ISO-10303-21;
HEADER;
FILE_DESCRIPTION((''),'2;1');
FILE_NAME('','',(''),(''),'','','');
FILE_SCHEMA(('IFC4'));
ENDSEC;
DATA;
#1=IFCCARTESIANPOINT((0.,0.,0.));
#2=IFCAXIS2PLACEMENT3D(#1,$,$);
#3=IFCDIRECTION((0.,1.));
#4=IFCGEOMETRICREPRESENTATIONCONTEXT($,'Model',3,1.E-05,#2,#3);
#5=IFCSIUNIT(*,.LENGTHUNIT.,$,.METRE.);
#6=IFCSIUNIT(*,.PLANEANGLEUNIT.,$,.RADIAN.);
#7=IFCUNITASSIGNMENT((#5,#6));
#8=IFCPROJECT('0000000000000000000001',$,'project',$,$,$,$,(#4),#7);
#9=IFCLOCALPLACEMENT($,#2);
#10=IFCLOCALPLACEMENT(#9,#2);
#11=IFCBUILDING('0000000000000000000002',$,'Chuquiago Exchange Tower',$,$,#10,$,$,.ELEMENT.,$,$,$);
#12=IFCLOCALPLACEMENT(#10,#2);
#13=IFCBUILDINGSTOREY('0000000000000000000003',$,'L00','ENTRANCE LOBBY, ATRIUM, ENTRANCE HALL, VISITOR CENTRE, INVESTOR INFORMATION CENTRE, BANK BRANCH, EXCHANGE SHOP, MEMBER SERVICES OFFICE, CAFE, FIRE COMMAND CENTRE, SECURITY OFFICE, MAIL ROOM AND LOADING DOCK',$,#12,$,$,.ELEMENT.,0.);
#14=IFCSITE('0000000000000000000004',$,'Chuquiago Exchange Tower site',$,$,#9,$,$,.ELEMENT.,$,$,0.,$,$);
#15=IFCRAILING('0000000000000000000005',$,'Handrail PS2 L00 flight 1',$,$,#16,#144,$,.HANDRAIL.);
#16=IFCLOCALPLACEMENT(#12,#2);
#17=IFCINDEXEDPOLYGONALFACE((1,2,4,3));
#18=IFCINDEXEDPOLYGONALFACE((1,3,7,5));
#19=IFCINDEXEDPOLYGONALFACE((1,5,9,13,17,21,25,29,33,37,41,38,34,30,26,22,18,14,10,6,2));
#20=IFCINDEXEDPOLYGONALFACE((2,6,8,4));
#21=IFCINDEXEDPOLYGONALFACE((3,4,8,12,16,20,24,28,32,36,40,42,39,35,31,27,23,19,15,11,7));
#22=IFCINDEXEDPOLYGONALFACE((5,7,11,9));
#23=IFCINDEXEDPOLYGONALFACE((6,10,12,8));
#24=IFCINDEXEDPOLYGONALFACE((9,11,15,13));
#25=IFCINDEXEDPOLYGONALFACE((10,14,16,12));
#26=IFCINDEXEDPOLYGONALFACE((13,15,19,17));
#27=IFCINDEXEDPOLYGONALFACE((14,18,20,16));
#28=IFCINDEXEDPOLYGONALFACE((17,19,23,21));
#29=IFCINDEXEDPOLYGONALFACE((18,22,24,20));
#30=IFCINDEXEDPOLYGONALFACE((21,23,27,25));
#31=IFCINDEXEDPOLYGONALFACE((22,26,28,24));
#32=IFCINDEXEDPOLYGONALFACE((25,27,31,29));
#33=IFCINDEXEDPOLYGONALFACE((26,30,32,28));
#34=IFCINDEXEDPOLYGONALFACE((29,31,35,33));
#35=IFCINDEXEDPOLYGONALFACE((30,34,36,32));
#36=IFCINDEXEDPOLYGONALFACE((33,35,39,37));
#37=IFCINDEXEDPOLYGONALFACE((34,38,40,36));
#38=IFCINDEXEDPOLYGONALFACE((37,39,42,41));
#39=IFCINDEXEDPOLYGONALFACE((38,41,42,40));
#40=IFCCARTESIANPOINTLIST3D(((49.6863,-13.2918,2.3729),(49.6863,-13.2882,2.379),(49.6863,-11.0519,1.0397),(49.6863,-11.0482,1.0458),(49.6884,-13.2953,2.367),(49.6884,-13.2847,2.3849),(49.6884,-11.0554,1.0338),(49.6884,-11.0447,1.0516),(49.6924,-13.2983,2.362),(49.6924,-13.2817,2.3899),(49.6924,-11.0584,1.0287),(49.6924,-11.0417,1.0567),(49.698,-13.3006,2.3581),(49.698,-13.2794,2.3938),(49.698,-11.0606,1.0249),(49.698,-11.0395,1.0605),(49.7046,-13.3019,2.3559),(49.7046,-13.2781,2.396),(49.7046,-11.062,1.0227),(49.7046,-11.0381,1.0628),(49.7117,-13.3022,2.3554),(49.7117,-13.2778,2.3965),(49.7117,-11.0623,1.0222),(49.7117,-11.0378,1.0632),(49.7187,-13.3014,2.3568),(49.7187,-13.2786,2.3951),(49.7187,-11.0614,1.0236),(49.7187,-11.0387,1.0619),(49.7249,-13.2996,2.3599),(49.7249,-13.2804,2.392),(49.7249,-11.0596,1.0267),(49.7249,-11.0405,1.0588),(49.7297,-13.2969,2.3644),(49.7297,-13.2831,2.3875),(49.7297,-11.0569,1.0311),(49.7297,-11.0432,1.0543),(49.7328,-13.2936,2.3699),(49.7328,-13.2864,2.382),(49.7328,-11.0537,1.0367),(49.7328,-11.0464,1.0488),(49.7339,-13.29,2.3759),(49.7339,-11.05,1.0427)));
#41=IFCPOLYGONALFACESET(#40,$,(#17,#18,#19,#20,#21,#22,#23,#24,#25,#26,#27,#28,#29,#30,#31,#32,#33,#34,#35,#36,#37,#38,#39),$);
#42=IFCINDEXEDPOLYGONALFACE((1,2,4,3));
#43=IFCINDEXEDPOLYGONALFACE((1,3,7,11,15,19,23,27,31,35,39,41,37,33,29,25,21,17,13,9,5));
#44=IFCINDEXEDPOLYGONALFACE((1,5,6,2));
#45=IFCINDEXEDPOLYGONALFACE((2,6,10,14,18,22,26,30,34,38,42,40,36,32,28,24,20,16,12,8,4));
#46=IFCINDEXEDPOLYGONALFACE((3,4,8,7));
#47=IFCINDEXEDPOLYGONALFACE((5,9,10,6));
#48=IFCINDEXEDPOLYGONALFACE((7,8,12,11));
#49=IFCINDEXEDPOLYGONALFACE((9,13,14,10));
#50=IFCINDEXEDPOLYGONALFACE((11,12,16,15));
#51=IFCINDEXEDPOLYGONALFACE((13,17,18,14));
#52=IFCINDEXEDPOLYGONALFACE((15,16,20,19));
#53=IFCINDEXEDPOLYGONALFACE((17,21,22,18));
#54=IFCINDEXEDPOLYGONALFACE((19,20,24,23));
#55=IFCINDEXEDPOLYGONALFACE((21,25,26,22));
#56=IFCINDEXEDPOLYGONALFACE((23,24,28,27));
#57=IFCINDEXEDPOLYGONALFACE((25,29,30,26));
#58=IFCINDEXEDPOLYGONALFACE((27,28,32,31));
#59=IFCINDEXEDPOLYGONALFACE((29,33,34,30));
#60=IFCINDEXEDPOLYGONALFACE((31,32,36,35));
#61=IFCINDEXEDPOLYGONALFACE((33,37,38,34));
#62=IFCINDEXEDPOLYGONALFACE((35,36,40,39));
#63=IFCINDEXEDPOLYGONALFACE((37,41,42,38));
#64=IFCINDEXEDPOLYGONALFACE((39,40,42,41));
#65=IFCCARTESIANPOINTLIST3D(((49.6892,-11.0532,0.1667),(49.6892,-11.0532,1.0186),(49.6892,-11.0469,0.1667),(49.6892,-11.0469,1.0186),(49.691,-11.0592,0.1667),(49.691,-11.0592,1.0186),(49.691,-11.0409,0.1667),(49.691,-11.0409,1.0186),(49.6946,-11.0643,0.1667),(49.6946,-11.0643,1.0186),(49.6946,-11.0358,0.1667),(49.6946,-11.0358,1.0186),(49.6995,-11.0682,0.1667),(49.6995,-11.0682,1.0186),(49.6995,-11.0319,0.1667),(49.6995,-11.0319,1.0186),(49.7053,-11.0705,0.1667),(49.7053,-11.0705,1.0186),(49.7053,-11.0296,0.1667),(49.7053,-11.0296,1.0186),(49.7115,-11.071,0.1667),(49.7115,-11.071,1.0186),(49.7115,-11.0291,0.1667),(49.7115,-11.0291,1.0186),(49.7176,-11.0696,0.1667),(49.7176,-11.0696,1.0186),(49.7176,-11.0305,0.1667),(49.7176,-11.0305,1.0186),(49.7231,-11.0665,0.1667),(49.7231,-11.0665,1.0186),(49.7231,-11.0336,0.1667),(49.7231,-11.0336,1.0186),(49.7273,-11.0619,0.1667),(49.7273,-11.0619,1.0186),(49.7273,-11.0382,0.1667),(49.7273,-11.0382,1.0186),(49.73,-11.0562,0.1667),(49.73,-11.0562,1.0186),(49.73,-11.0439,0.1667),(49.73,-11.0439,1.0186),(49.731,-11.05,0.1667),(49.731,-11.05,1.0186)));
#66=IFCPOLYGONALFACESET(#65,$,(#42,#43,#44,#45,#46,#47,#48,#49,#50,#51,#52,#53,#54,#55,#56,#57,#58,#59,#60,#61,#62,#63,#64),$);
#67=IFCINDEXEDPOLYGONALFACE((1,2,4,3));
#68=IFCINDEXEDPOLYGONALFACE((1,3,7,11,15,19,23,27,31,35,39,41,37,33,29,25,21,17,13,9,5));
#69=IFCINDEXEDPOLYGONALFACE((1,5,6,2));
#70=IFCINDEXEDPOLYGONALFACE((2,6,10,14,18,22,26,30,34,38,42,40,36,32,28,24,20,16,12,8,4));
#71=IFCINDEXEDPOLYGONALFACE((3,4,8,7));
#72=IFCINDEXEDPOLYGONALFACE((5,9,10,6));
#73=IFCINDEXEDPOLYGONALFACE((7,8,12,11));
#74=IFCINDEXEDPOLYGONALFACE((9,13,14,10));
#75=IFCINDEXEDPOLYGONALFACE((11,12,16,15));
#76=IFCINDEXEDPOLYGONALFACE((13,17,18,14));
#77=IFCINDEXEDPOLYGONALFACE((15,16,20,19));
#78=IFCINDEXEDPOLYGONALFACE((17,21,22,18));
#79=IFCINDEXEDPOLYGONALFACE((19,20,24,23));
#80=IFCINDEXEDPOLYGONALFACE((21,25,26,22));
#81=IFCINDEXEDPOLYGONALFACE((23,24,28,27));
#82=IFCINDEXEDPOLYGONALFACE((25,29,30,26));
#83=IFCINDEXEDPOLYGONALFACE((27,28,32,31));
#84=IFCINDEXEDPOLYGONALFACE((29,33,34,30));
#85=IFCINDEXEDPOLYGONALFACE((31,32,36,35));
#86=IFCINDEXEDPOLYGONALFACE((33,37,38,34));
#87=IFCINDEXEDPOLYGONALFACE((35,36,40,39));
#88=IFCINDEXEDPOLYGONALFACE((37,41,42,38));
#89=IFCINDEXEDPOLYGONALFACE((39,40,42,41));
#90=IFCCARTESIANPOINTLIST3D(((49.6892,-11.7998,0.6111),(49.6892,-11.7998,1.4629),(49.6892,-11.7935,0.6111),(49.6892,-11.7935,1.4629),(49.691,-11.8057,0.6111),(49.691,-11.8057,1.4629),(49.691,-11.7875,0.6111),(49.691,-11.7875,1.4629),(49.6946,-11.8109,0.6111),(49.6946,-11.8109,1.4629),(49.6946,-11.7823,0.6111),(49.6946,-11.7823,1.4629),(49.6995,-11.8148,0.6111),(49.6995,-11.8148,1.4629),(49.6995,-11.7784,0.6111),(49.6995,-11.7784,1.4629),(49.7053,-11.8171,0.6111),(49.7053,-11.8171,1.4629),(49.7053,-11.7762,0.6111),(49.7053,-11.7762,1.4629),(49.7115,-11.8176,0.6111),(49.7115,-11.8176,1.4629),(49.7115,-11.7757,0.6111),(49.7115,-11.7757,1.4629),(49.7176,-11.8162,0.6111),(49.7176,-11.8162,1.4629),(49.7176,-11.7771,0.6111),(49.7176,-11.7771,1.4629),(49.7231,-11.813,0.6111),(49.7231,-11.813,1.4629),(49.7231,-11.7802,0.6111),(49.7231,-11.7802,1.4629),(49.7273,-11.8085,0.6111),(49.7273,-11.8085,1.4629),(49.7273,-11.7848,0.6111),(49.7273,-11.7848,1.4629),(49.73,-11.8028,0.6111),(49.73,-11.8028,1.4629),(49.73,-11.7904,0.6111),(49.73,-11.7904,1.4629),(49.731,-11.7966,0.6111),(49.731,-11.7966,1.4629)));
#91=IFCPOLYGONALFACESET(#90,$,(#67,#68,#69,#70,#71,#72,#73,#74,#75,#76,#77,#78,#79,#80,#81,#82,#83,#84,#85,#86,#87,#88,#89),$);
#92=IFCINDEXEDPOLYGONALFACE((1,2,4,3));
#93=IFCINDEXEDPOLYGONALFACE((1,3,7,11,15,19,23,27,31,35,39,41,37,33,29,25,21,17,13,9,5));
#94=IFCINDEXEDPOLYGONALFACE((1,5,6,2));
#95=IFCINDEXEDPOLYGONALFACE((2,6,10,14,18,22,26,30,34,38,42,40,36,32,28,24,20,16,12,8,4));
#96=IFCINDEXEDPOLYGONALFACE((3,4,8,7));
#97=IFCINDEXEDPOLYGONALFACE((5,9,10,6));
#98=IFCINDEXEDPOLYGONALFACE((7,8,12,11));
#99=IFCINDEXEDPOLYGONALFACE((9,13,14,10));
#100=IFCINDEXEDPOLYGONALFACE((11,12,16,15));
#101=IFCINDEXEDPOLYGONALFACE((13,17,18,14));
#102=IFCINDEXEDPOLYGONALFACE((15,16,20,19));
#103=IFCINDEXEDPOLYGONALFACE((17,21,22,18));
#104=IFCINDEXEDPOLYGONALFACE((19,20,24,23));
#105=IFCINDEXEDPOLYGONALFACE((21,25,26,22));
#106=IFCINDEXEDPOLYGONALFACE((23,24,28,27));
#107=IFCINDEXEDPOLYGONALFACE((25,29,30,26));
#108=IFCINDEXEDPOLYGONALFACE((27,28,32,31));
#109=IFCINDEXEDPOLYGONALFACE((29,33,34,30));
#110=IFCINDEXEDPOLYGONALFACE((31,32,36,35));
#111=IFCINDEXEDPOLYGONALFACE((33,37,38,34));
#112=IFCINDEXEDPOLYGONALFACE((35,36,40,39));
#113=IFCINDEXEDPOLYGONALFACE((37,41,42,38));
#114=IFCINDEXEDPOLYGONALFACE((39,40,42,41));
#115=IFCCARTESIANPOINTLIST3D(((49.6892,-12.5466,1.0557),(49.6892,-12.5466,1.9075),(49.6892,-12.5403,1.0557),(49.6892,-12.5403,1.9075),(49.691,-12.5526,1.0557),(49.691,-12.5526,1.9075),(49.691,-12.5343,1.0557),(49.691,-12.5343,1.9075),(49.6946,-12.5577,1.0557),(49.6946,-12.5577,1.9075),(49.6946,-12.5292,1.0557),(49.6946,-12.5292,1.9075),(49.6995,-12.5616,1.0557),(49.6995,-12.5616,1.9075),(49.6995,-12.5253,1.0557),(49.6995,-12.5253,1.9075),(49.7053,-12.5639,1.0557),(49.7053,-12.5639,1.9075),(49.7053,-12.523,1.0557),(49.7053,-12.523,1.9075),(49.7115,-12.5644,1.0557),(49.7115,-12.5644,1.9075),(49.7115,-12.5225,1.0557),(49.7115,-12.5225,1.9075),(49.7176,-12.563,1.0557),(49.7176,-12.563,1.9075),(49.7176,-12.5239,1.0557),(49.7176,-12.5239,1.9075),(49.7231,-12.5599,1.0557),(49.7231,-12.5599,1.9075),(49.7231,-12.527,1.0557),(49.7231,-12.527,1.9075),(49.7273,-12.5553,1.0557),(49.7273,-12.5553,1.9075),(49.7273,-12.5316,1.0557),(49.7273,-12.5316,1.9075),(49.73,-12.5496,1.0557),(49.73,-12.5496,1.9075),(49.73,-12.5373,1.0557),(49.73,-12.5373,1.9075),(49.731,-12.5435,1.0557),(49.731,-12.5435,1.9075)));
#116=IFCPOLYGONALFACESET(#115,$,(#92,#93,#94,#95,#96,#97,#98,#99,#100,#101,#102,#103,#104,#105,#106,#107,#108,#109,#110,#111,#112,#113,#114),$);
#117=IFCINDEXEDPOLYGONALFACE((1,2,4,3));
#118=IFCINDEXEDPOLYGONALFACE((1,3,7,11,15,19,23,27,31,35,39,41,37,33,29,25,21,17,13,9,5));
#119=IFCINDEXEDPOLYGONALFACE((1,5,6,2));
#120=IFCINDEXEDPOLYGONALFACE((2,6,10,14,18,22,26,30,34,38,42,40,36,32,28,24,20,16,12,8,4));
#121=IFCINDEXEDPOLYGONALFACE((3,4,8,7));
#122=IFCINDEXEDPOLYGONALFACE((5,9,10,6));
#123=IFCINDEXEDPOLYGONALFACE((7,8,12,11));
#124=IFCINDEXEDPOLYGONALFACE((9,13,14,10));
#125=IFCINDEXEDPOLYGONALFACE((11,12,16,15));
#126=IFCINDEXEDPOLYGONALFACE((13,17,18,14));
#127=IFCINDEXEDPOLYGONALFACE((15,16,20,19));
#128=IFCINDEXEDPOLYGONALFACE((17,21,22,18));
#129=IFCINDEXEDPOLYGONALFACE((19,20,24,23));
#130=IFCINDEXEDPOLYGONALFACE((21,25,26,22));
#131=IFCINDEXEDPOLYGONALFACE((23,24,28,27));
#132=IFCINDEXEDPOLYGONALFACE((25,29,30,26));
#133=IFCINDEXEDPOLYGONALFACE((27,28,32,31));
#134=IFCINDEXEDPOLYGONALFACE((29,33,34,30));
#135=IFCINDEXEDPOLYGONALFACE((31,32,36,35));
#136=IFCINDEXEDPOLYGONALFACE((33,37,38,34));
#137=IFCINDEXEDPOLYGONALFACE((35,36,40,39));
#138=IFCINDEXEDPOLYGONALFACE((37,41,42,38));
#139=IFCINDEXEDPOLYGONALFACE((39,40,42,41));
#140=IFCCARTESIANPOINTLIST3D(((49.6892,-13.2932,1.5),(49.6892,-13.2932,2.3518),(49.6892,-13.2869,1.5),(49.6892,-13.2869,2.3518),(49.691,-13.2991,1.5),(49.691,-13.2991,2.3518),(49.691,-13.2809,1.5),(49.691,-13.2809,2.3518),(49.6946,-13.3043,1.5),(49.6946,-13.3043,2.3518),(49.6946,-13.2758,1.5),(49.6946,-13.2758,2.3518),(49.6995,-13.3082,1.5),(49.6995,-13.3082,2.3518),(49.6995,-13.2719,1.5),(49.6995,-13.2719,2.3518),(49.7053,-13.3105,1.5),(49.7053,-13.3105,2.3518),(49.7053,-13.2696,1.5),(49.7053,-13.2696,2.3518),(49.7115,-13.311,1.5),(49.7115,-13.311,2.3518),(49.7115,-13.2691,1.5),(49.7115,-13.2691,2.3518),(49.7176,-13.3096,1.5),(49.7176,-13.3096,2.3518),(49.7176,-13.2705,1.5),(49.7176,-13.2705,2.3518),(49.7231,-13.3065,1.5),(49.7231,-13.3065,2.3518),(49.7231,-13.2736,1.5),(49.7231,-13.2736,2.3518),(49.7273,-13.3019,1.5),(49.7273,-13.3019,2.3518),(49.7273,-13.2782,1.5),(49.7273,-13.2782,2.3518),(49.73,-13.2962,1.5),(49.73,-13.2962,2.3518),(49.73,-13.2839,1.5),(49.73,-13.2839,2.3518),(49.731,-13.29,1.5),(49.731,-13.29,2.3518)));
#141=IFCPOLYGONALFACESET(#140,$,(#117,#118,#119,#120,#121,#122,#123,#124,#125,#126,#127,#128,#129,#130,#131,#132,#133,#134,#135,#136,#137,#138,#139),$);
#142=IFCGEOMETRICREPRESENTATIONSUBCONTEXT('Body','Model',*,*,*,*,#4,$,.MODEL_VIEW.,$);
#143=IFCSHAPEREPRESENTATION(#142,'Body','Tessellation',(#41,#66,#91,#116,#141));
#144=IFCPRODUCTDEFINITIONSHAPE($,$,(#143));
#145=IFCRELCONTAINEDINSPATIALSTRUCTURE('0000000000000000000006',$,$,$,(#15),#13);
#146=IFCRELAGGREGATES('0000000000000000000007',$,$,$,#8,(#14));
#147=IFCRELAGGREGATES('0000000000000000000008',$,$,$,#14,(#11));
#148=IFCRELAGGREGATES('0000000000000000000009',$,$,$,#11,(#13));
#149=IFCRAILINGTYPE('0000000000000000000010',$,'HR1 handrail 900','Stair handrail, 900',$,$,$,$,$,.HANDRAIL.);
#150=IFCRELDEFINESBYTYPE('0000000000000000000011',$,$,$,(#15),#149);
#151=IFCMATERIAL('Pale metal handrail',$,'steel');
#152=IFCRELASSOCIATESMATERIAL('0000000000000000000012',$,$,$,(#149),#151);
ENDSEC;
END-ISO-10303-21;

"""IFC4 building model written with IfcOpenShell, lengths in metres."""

from ifc_helpers import new_model, si_unit, direction, frame, origin, origin_2d, place, context, subcontext, project, spatial, circle, extrude, material, type_object, element, save


model = new_model("IFC4")

# Units and contexts
model_context = context("Model", 3, precision=1e-05, world=origin(), true_north=direction((0.0, 1.0)))
body_context = subcontext(model_context, "Body", "Model", "MODEL_VIEW")
ifc_project = project(units=[si_unit("LENGTHUNIT", "METRE"), si_unit("PLANEANGLEUNIT", "RADIAN")], contexts=[model_context])

# Site, building, storey
site_placement = place(None, origin())
site = spatial("IfcSite", under=ifc_project, at=site_placement, Name="Chuquiago Exchange Tower site", CompositionType="ELEMENT", RefElevation=0.0)
building_placement = place(site_placement, origin())
building = spatial("IfcBuilding", under=site, at=building_placement, Name="Chuquiago Exchange Tower", CompositionType="ELEMENT")
storey_placement = place(building_placement, origin())
storey = spatial("IfcBuildingStorey", under=building, at=storey_placement, Name="L00", Description="ENTRANCE LOBBY, ATRIUM, ENTRANCE HALL, VISITOR CENTRE, INVESTOR INFORMATION CENTRE, BANK BRANCH, EXCHANGE SHOP, MEMBER SERVICES OFFICE, CAFE, FIRE COMMAND CENTRE, SECURITY OFFICE, MAIL ROOM AND LOADING DOCK", CompositionType="ELEMENT", Elevation=0.0)

# Railing
ifc_material_1 = material(Name="Pale metal handrail", Category="steel")
railing_type = type_object("IfcRailingType", Name="HR1 handrail 900", Description="Stair handrail, 900", PredefinedType="HANDRAIL", material=ifc_material_1)
for number, where, name in (
    (1, (49.71, -11.05, 0.1667), "Handrail PS2 L00 flight 1"),
):
    element("IfcRailing", number, at=place(storey_placement, frame(where)), inside=storey, type_object=railing_type, Name=name, PredefinedType="HANDRAIL", context=body_context, shape_type="SweptSolid", body=[
        extrude(circle(Radius=0.0239, at=origin_2d()), frame((0.0, 0.0, 0.876), z_axis=(0.0, -0.859306, 0.511462), x_axis=(1.0, 0.0, 0.0)), (0.0, 0.0, 1.0), 2.6067),
        extrude(circle(Radius=0.021, at=origin_2d()), origin(), (0.0, 0.0, 1.0), 0.8518),
        extrude(circle(Radius=0.021, at=origin_2d()), frame((0.0, -0.7466, 0.4443)), (0.0, 0.0, 1.0), 0.8518),
        extrude(circle(Radius=0.021, at=origin_2d()), frame((0.0, -1.4934, 0.8889)), (0.0, 0.0, 1.0), 0.8518),
        extrude(circle(Radius=0.021, at=origin_2d()), frame((0.0, -2.24, 1.3333)), (0.0, 0.0, 1.0), 0.8518),
    ])

save(model, "model.ifc")
